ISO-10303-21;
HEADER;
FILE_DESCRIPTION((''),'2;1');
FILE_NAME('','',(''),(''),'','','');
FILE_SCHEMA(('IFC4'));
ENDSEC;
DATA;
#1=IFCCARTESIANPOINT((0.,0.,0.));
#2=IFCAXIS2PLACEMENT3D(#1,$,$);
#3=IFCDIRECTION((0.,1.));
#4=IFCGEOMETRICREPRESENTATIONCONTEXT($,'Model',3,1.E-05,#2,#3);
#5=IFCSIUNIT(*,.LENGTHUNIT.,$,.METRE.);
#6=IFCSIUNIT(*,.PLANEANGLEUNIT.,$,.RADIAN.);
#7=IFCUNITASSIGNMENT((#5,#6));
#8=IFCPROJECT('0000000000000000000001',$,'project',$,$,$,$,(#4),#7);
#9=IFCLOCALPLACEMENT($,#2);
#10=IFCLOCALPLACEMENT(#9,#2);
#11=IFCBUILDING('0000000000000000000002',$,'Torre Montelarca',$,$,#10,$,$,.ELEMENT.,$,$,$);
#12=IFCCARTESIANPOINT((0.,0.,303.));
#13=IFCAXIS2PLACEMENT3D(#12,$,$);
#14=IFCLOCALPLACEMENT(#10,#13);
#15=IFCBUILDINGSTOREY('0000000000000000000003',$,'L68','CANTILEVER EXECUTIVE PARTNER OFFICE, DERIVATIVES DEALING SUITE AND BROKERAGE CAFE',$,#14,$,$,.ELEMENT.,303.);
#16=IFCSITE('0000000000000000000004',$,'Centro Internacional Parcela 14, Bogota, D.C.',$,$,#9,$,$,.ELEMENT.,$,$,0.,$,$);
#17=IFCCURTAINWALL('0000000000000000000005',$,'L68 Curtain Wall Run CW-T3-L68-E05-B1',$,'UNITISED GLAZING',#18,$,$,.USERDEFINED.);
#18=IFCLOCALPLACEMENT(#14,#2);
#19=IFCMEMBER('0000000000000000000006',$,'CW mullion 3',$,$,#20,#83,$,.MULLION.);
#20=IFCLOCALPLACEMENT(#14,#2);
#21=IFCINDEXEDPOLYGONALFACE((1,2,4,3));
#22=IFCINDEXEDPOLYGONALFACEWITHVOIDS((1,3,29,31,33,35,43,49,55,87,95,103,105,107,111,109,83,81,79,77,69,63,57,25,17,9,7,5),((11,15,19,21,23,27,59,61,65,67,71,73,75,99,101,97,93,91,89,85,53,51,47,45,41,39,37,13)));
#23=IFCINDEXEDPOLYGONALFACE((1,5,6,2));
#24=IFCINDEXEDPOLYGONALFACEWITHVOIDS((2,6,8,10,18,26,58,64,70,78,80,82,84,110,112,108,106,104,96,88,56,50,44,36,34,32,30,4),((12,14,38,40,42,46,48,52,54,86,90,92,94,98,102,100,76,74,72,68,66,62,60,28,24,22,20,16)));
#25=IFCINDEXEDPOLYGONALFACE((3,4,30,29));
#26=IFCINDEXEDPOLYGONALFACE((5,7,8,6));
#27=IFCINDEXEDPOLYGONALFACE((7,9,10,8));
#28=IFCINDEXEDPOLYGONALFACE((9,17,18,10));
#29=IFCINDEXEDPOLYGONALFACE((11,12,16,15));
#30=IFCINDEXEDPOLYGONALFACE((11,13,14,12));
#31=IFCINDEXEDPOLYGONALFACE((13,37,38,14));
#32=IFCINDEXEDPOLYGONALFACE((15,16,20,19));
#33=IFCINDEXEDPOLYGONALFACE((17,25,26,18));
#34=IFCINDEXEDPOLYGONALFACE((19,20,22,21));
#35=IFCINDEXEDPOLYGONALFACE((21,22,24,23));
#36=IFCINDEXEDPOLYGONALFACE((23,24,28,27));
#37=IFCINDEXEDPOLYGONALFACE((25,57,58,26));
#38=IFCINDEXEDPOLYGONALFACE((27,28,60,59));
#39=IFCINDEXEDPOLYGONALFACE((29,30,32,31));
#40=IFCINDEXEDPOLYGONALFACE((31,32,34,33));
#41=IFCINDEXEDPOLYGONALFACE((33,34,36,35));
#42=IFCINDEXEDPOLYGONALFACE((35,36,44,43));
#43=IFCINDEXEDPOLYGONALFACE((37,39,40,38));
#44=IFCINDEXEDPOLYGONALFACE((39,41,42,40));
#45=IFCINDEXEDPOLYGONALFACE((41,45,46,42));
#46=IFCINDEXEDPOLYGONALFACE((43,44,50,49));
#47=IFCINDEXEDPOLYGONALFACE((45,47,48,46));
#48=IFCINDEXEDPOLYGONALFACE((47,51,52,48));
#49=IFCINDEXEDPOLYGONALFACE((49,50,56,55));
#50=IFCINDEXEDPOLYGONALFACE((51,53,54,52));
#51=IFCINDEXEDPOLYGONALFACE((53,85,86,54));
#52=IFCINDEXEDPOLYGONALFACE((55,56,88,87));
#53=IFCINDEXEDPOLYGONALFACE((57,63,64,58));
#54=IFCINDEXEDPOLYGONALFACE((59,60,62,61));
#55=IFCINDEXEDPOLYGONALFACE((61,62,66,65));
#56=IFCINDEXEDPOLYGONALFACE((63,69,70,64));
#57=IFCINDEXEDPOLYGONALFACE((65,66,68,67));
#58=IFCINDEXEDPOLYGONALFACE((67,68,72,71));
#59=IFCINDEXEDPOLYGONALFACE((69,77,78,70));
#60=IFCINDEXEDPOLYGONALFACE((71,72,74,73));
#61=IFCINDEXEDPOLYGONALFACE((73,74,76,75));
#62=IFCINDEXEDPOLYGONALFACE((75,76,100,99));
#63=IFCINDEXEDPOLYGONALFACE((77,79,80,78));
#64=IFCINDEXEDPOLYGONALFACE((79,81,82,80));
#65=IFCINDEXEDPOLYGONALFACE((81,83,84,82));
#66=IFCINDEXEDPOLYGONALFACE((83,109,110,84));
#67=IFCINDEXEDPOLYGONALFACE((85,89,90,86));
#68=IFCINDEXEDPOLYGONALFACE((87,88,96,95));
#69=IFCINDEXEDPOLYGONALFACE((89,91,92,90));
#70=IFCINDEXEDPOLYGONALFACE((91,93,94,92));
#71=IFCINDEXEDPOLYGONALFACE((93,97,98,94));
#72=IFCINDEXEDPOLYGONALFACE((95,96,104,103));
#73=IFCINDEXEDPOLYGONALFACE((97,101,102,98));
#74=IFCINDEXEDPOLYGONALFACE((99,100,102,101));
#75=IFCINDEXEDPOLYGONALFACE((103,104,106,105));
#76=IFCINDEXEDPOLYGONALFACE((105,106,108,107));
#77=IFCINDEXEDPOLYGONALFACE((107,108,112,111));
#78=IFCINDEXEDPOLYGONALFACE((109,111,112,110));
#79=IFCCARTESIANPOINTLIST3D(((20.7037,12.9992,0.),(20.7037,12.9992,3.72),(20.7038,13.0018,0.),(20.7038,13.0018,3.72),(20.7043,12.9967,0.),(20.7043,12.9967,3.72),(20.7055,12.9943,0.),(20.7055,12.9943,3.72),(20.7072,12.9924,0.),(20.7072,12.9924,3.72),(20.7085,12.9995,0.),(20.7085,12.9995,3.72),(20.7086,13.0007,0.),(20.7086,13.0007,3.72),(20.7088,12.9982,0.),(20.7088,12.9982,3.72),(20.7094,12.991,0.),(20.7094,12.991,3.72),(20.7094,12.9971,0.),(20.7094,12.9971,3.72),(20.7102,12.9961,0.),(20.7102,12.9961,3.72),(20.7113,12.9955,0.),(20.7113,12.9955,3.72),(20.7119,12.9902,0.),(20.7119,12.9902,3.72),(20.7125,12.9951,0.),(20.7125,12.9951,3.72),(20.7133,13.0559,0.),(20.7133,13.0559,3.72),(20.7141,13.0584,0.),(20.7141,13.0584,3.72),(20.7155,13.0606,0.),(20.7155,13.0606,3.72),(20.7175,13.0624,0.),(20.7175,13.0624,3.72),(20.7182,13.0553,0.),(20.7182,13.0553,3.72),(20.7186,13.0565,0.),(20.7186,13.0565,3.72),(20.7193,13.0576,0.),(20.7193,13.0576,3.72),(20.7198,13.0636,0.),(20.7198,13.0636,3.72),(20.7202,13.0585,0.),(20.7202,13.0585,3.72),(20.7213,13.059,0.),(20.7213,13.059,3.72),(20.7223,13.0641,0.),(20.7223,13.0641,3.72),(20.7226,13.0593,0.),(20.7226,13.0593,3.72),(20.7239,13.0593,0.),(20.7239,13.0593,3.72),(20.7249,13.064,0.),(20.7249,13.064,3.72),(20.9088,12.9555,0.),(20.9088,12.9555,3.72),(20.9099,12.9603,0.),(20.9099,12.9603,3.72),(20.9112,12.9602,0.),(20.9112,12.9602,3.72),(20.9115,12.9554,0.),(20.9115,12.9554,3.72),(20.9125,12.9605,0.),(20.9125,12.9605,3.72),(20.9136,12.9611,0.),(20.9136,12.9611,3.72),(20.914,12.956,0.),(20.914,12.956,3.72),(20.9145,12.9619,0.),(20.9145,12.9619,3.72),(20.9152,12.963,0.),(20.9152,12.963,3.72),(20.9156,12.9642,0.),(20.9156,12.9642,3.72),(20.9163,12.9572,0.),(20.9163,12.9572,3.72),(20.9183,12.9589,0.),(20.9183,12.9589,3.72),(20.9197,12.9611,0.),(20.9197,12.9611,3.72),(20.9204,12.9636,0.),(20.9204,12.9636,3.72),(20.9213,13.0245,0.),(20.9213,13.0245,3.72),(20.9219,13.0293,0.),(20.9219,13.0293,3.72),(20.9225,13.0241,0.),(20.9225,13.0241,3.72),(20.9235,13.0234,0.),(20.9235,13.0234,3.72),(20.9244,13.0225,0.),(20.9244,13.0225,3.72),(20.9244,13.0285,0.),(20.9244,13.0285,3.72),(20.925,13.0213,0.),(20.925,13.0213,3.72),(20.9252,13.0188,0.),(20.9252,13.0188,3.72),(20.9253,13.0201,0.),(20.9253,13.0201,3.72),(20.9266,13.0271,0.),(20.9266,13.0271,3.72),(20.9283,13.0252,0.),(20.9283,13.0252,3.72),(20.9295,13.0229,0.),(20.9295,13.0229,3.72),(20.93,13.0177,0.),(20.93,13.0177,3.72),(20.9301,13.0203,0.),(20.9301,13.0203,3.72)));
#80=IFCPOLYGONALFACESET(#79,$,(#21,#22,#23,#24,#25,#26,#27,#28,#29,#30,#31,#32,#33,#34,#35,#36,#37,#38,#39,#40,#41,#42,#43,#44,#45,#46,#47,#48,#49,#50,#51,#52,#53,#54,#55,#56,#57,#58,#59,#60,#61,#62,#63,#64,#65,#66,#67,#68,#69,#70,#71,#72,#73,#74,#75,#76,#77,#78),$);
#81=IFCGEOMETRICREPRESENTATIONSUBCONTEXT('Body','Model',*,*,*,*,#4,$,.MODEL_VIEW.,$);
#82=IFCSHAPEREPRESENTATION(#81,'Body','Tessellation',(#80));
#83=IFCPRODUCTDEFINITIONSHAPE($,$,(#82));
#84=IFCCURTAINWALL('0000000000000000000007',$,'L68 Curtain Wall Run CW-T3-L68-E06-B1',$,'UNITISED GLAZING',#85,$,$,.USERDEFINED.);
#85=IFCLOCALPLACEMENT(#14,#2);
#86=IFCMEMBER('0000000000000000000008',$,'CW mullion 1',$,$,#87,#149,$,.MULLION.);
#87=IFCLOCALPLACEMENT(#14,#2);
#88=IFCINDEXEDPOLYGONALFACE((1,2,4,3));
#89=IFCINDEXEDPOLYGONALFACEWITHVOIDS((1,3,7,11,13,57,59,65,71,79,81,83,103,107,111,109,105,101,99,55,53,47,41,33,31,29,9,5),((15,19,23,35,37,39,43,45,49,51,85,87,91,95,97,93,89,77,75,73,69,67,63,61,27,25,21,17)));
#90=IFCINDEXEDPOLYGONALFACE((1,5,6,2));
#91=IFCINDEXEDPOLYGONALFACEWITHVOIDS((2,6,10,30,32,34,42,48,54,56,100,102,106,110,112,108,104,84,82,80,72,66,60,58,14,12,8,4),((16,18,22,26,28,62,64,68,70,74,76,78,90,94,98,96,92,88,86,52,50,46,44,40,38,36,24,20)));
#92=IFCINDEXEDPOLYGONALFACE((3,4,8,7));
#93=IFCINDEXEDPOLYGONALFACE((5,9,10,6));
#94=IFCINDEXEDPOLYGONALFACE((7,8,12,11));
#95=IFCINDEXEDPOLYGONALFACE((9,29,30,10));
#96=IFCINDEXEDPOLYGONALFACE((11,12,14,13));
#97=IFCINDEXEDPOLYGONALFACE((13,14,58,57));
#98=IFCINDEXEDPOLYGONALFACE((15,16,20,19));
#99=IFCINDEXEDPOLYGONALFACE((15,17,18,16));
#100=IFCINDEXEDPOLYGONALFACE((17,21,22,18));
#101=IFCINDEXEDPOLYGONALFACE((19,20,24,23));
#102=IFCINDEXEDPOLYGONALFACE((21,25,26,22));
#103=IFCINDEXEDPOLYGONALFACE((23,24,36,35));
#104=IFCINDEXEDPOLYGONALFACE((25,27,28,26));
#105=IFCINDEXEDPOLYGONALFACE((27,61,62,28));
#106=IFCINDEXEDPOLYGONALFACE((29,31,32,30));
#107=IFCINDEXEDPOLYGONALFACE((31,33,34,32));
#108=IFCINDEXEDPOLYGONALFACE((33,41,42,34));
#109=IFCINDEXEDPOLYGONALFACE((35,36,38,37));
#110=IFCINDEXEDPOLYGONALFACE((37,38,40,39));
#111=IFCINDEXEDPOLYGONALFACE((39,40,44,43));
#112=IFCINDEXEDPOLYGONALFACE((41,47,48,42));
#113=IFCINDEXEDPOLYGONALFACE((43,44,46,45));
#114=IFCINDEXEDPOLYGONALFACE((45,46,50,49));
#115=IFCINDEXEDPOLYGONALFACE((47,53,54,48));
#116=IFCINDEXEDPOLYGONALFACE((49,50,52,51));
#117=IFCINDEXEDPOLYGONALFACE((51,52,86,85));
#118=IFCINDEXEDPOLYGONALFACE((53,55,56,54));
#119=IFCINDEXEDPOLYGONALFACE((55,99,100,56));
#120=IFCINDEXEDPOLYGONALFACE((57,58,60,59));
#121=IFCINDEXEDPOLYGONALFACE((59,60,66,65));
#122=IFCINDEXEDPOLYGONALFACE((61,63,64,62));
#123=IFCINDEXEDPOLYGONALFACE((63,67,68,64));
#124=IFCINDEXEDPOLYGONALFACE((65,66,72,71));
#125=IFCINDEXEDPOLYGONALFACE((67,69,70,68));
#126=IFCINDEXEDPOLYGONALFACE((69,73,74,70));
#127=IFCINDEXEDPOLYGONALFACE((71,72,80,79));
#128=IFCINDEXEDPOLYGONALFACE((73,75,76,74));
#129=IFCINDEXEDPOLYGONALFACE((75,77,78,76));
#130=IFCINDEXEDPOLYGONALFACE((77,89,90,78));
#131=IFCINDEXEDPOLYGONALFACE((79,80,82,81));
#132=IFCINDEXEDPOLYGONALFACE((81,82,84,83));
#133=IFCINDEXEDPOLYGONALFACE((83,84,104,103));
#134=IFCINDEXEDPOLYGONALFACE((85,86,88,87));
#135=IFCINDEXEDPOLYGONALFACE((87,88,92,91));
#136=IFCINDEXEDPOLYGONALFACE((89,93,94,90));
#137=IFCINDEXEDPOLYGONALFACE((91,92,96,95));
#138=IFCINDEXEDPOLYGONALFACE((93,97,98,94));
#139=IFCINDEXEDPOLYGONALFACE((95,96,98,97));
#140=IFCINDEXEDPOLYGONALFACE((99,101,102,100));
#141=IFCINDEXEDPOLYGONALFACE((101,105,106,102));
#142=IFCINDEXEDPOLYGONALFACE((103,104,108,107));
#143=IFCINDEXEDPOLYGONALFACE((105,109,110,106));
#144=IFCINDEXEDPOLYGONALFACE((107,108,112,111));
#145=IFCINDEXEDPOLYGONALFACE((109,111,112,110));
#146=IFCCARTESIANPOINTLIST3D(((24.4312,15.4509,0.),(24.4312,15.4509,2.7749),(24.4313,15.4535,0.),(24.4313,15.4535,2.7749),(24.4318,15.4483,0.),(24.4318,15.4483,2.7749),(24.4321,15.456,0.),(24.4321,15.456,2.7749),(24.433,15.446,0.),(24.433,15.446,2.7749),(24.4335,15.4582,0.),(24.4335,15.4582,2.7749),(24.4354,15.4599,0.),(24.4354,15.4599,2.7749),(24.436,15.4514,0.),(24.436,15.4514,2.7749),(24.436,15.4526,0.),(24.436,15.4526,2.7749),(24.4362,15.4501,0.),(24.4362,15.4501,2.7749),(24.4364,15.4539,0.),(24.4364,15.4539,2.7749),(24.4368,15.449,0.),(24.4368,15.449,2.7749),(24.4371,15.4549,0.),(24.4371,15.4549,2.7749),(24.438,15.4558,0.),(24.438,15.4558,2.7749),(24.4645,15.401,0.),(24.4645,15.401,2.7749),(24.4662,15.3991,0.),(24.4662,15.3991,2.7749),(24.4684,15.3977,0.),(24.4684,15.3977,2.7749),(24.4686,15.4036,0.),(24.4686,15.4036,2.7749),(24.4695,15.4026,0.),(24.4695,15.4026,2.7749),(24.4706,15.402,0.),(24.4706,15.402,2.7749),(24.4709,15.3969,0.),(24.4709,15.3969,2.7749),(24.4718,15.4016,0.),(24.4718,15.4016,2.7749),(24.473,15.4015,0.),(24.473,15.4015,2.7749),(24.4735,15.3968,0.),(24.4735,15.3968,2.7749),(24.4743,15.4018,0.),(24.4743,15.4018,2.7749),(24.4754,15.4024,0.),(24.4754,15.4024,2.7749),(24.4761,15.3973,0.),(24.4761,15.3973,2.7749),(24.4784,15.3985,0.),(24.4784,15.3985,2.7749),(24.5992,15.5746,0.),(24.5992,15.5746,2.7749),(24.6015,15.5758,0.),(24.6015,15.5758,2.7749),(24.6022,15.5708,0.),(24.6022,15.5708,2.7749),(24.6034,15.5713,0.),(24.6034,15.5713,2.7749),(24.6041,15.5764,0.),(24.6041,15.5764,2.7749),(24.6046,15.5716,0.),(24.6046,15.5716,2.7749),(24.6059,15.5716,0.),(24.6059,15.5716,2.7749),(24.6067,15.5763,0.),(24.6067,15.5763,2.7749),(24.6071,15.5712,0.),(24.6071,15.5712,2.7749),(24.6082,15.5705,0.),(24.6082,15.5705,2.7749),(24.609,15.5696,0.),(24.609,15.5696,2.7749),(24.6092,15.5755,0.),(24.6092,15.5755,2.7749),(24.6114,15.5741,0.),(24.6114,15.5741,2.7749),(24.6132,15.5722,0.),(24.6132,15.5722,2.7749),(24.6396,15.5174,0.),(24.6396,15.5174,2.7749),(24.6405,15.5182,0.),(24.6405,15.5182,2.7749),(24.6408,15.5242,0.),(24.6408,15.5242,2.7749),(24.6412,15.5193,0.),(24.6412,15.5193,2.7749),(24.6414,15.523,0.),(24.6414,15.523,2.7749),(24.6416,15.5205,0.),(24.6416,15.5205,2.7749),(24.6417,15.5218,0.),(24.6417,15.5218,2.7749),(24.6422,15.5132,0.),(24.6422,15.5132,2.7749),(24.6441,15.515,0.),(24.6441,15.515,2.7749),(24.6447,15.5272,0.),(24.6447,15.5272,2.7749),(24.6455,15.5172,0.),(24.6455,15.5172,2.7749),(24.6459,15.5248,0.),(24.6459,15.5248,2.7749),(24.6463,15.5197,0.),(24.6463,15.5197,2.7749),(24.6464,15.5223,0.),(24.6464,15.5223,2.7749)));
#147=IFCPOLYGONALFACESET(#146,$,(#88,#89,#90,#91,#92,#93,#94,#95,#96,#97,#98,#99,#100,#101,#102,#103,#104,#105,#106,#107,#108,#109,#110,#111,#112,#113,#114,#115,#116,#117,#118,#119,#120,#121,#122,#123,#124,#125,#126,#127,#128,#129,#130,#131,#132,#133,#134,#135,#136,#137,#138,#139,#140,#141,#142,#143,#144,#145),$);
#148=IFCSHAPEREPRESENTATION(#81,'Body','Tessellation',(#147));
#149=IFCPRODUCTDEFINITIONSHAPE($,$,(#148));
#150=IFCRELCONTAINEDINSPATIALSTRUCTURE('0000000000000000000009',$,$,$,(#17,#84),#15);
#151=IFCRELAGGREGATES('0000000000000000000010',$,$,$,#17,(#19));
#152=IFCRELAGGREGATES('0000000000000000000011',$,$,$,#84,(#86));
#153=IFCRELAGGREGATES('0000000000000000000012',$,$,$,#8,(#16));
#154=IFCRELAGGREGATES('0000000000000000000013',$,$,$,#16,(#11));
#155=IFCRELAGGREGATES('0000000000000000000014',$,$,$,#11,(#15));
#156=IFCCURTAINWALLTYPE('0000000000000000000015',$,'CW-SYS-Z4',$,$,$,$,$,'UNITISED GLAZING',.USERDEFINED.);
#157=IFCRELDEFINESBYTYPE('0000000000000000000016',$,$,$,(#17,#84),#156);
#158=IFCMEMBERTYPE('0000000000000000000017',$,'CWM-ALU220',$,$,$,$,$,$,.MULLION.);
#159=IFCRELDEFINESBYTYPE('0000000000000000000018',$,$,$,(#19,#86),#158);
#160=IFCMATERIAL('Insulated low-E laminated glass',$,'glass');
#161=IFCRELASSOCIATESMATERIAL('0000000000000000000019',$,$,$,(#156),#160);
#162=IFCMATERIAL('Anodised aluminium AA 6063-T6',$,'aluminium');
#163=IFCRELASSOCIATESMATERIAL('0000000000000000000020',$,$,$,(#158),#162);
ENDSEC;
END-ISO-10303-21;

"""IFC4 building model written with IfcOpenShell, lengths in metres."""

from ifc_helpers import new_model, si_unit, direction, frame, origin, origin_2d, place, context, subcontext, project, spatial, hollow_rectangle, extrude, source, transform, mapped, material, material_profile, profile_set, type_object, element, aggregate, save


model = new_model("IFC4")

# Units and contexts
model_context = context("Model", 3, precision=1e-05, world=origin(), true_north=direction((0.0, 1.0)))
body_context = subcontext(model_context, "Body", "Model", "MODEL_VIEW")
ifc_project = project(units=[si_unit("LENGTHUNIT", "METRE"), si_unit("PLANEANGLEUNIT", "RADIAN")], contexts=[model_context])

# Site, building, storey
site_placement = place(None, origin())
site = spatial("IfcSite", under=ifc_project, at=site_placement, Name="Centro Internacional Parcela 14, Bogota, D.C.", CompositionType="ELEMENT", RefElevation=0.0)
building_placement = place(site_placement, origin())
building = spatial("IfcBuilding", under=site, at=building_placement, Name="Torre Montelarca", CompositionType="ELEMENT")
storey_placement = place(building_placement, frame((0.0, 0.0, 303.0)))
storey = spatial("IfcBuildingStorey", under=building, at=storey_placement, Name="L68", Description="CANTILEVER EXECUTIVE PARTNER OFFICE, DERIVATIVES DEALING SUITE AND BROKERAGE CAFE", CompositionType="ELEMENT", Elevation=303.0)

# Curtain walls, members
ifc_material_1 = material(Name="Insulated low-E laminated glass", Category="glass")
curtain_wall_type = type_object("IfcCurtainWallType", Name="CW-SYS-Z4", ElementType="UNITISED GLAZING", PredefinedType="USERDEFINED", material=ifc_material_1)
curtain_wall_1_placement = place(storey_placement, origin())
curtain_wall_1 = element("IfcCurtainWall", 1, at=curtain_wall_1_placement, inside=storey, type_object=curtain_wall_type, Name="L68 Curtain Wall Run CW-T3-L68-E05-B1", ObjectType="UNITISED GLAZING", PredefinedType="USERDEFINED")
ifc_material_2 = material(Name="Anodised aluminium AA 6063-T6", Category="aluminium")
ifc_material_profile_1 = material_profile(ifc_material_2, hollow_rectangle(XDim=0.075, YDim=0.22, WallThickness=0.0049, InnerFilletRadius=0.0049, OuterFilletRadius=0.01, at=origin_2d()), Name="ALU75X220X5", Category="aluminium")
ifc_profile_set_1 = profile_set([ifc_material_profile_1], Name="Anodised aluminium AA 6063-T6")
member_type_1 = type_object("IfcMemberType", Name="CWM-ALU220", PredefinedType="MULLION", material=ifc_profile_set_1)
shared_shape_1 = source(origin(), body_context, "Body", "SweptSolid", [
    extrude(hollow_rectangle(XDim=0.075, YDim=0.22, WallThickness=0.0049, InnerFilletRadius=0.0049, OuterFilletRadius=0.01, at=origin_2d()), origin(), (0.0, 0.0, 1.0), 3.72),
])
member_1_placement = place(storey_placement, frame((20.8169, 13.0098, 0.0), z_axis=(0.0, 0.0, 1.0), x_axis=(0.173635, 0.98481, 0.0)))
member_1 = element("IfcMember", 2, at=member_1_placement, type_object=member_type_1, Name="CW mullion 3", PredefinedType="MULLION", context=body_context, shape_type="MappedRepresentation", body=[
    mapped(shared_shape_1, transform((0.0, 0.0, 0.0), scale=1.0)),
])
curtain_wall_2_placement = place(storey_placement, origin())
curtain_wall_2 = element("IfcCurtainWall", 3, at=curtain_wall_2_placement, inside=storey, type_object=curtain_wall_type, Name="L68 Curtain Wall Run CW-T3-L68-E06-B1", ObjectType="UNITISED GLAZING", PredefinedType="USERDEFINED")
shared_shape_2 = source(origin(), body_context, "Body", "SweptSolid", [
    extrude(hollow_rectangle(XDim=0.075, YDim=0.22, WallThickness=0.0049, InnerFilletRadius=0.0049, OuterFilletRadius=0.01, at=origin_2d()), origin(), (0.0, 0.0, 1.0), 2.7749),
])
member_2_placement = place(storey_placement, frame((24.5388, 15.4866, 0.0), z_axis=(0.0, 0.0, 1.0), x_axis=(-0.573572, 0.819155, 0.0)))
member_2 = element("IfcMember", 4, at=member_2_placement, type_object=member_type_1, Name="CW mullion 1", PredefinedType="MULLION", context=body_context, shape_type="MappedRepresentation", body=[
    mapped(shared_shape_2, transform((0.0, 0.0, 0.0), scale=1.0)),
])

aggregate(curtain_wall_1, [member_1])
aggregate(curtain_wall_2, [member_2])

save(model, "model.ifc")
